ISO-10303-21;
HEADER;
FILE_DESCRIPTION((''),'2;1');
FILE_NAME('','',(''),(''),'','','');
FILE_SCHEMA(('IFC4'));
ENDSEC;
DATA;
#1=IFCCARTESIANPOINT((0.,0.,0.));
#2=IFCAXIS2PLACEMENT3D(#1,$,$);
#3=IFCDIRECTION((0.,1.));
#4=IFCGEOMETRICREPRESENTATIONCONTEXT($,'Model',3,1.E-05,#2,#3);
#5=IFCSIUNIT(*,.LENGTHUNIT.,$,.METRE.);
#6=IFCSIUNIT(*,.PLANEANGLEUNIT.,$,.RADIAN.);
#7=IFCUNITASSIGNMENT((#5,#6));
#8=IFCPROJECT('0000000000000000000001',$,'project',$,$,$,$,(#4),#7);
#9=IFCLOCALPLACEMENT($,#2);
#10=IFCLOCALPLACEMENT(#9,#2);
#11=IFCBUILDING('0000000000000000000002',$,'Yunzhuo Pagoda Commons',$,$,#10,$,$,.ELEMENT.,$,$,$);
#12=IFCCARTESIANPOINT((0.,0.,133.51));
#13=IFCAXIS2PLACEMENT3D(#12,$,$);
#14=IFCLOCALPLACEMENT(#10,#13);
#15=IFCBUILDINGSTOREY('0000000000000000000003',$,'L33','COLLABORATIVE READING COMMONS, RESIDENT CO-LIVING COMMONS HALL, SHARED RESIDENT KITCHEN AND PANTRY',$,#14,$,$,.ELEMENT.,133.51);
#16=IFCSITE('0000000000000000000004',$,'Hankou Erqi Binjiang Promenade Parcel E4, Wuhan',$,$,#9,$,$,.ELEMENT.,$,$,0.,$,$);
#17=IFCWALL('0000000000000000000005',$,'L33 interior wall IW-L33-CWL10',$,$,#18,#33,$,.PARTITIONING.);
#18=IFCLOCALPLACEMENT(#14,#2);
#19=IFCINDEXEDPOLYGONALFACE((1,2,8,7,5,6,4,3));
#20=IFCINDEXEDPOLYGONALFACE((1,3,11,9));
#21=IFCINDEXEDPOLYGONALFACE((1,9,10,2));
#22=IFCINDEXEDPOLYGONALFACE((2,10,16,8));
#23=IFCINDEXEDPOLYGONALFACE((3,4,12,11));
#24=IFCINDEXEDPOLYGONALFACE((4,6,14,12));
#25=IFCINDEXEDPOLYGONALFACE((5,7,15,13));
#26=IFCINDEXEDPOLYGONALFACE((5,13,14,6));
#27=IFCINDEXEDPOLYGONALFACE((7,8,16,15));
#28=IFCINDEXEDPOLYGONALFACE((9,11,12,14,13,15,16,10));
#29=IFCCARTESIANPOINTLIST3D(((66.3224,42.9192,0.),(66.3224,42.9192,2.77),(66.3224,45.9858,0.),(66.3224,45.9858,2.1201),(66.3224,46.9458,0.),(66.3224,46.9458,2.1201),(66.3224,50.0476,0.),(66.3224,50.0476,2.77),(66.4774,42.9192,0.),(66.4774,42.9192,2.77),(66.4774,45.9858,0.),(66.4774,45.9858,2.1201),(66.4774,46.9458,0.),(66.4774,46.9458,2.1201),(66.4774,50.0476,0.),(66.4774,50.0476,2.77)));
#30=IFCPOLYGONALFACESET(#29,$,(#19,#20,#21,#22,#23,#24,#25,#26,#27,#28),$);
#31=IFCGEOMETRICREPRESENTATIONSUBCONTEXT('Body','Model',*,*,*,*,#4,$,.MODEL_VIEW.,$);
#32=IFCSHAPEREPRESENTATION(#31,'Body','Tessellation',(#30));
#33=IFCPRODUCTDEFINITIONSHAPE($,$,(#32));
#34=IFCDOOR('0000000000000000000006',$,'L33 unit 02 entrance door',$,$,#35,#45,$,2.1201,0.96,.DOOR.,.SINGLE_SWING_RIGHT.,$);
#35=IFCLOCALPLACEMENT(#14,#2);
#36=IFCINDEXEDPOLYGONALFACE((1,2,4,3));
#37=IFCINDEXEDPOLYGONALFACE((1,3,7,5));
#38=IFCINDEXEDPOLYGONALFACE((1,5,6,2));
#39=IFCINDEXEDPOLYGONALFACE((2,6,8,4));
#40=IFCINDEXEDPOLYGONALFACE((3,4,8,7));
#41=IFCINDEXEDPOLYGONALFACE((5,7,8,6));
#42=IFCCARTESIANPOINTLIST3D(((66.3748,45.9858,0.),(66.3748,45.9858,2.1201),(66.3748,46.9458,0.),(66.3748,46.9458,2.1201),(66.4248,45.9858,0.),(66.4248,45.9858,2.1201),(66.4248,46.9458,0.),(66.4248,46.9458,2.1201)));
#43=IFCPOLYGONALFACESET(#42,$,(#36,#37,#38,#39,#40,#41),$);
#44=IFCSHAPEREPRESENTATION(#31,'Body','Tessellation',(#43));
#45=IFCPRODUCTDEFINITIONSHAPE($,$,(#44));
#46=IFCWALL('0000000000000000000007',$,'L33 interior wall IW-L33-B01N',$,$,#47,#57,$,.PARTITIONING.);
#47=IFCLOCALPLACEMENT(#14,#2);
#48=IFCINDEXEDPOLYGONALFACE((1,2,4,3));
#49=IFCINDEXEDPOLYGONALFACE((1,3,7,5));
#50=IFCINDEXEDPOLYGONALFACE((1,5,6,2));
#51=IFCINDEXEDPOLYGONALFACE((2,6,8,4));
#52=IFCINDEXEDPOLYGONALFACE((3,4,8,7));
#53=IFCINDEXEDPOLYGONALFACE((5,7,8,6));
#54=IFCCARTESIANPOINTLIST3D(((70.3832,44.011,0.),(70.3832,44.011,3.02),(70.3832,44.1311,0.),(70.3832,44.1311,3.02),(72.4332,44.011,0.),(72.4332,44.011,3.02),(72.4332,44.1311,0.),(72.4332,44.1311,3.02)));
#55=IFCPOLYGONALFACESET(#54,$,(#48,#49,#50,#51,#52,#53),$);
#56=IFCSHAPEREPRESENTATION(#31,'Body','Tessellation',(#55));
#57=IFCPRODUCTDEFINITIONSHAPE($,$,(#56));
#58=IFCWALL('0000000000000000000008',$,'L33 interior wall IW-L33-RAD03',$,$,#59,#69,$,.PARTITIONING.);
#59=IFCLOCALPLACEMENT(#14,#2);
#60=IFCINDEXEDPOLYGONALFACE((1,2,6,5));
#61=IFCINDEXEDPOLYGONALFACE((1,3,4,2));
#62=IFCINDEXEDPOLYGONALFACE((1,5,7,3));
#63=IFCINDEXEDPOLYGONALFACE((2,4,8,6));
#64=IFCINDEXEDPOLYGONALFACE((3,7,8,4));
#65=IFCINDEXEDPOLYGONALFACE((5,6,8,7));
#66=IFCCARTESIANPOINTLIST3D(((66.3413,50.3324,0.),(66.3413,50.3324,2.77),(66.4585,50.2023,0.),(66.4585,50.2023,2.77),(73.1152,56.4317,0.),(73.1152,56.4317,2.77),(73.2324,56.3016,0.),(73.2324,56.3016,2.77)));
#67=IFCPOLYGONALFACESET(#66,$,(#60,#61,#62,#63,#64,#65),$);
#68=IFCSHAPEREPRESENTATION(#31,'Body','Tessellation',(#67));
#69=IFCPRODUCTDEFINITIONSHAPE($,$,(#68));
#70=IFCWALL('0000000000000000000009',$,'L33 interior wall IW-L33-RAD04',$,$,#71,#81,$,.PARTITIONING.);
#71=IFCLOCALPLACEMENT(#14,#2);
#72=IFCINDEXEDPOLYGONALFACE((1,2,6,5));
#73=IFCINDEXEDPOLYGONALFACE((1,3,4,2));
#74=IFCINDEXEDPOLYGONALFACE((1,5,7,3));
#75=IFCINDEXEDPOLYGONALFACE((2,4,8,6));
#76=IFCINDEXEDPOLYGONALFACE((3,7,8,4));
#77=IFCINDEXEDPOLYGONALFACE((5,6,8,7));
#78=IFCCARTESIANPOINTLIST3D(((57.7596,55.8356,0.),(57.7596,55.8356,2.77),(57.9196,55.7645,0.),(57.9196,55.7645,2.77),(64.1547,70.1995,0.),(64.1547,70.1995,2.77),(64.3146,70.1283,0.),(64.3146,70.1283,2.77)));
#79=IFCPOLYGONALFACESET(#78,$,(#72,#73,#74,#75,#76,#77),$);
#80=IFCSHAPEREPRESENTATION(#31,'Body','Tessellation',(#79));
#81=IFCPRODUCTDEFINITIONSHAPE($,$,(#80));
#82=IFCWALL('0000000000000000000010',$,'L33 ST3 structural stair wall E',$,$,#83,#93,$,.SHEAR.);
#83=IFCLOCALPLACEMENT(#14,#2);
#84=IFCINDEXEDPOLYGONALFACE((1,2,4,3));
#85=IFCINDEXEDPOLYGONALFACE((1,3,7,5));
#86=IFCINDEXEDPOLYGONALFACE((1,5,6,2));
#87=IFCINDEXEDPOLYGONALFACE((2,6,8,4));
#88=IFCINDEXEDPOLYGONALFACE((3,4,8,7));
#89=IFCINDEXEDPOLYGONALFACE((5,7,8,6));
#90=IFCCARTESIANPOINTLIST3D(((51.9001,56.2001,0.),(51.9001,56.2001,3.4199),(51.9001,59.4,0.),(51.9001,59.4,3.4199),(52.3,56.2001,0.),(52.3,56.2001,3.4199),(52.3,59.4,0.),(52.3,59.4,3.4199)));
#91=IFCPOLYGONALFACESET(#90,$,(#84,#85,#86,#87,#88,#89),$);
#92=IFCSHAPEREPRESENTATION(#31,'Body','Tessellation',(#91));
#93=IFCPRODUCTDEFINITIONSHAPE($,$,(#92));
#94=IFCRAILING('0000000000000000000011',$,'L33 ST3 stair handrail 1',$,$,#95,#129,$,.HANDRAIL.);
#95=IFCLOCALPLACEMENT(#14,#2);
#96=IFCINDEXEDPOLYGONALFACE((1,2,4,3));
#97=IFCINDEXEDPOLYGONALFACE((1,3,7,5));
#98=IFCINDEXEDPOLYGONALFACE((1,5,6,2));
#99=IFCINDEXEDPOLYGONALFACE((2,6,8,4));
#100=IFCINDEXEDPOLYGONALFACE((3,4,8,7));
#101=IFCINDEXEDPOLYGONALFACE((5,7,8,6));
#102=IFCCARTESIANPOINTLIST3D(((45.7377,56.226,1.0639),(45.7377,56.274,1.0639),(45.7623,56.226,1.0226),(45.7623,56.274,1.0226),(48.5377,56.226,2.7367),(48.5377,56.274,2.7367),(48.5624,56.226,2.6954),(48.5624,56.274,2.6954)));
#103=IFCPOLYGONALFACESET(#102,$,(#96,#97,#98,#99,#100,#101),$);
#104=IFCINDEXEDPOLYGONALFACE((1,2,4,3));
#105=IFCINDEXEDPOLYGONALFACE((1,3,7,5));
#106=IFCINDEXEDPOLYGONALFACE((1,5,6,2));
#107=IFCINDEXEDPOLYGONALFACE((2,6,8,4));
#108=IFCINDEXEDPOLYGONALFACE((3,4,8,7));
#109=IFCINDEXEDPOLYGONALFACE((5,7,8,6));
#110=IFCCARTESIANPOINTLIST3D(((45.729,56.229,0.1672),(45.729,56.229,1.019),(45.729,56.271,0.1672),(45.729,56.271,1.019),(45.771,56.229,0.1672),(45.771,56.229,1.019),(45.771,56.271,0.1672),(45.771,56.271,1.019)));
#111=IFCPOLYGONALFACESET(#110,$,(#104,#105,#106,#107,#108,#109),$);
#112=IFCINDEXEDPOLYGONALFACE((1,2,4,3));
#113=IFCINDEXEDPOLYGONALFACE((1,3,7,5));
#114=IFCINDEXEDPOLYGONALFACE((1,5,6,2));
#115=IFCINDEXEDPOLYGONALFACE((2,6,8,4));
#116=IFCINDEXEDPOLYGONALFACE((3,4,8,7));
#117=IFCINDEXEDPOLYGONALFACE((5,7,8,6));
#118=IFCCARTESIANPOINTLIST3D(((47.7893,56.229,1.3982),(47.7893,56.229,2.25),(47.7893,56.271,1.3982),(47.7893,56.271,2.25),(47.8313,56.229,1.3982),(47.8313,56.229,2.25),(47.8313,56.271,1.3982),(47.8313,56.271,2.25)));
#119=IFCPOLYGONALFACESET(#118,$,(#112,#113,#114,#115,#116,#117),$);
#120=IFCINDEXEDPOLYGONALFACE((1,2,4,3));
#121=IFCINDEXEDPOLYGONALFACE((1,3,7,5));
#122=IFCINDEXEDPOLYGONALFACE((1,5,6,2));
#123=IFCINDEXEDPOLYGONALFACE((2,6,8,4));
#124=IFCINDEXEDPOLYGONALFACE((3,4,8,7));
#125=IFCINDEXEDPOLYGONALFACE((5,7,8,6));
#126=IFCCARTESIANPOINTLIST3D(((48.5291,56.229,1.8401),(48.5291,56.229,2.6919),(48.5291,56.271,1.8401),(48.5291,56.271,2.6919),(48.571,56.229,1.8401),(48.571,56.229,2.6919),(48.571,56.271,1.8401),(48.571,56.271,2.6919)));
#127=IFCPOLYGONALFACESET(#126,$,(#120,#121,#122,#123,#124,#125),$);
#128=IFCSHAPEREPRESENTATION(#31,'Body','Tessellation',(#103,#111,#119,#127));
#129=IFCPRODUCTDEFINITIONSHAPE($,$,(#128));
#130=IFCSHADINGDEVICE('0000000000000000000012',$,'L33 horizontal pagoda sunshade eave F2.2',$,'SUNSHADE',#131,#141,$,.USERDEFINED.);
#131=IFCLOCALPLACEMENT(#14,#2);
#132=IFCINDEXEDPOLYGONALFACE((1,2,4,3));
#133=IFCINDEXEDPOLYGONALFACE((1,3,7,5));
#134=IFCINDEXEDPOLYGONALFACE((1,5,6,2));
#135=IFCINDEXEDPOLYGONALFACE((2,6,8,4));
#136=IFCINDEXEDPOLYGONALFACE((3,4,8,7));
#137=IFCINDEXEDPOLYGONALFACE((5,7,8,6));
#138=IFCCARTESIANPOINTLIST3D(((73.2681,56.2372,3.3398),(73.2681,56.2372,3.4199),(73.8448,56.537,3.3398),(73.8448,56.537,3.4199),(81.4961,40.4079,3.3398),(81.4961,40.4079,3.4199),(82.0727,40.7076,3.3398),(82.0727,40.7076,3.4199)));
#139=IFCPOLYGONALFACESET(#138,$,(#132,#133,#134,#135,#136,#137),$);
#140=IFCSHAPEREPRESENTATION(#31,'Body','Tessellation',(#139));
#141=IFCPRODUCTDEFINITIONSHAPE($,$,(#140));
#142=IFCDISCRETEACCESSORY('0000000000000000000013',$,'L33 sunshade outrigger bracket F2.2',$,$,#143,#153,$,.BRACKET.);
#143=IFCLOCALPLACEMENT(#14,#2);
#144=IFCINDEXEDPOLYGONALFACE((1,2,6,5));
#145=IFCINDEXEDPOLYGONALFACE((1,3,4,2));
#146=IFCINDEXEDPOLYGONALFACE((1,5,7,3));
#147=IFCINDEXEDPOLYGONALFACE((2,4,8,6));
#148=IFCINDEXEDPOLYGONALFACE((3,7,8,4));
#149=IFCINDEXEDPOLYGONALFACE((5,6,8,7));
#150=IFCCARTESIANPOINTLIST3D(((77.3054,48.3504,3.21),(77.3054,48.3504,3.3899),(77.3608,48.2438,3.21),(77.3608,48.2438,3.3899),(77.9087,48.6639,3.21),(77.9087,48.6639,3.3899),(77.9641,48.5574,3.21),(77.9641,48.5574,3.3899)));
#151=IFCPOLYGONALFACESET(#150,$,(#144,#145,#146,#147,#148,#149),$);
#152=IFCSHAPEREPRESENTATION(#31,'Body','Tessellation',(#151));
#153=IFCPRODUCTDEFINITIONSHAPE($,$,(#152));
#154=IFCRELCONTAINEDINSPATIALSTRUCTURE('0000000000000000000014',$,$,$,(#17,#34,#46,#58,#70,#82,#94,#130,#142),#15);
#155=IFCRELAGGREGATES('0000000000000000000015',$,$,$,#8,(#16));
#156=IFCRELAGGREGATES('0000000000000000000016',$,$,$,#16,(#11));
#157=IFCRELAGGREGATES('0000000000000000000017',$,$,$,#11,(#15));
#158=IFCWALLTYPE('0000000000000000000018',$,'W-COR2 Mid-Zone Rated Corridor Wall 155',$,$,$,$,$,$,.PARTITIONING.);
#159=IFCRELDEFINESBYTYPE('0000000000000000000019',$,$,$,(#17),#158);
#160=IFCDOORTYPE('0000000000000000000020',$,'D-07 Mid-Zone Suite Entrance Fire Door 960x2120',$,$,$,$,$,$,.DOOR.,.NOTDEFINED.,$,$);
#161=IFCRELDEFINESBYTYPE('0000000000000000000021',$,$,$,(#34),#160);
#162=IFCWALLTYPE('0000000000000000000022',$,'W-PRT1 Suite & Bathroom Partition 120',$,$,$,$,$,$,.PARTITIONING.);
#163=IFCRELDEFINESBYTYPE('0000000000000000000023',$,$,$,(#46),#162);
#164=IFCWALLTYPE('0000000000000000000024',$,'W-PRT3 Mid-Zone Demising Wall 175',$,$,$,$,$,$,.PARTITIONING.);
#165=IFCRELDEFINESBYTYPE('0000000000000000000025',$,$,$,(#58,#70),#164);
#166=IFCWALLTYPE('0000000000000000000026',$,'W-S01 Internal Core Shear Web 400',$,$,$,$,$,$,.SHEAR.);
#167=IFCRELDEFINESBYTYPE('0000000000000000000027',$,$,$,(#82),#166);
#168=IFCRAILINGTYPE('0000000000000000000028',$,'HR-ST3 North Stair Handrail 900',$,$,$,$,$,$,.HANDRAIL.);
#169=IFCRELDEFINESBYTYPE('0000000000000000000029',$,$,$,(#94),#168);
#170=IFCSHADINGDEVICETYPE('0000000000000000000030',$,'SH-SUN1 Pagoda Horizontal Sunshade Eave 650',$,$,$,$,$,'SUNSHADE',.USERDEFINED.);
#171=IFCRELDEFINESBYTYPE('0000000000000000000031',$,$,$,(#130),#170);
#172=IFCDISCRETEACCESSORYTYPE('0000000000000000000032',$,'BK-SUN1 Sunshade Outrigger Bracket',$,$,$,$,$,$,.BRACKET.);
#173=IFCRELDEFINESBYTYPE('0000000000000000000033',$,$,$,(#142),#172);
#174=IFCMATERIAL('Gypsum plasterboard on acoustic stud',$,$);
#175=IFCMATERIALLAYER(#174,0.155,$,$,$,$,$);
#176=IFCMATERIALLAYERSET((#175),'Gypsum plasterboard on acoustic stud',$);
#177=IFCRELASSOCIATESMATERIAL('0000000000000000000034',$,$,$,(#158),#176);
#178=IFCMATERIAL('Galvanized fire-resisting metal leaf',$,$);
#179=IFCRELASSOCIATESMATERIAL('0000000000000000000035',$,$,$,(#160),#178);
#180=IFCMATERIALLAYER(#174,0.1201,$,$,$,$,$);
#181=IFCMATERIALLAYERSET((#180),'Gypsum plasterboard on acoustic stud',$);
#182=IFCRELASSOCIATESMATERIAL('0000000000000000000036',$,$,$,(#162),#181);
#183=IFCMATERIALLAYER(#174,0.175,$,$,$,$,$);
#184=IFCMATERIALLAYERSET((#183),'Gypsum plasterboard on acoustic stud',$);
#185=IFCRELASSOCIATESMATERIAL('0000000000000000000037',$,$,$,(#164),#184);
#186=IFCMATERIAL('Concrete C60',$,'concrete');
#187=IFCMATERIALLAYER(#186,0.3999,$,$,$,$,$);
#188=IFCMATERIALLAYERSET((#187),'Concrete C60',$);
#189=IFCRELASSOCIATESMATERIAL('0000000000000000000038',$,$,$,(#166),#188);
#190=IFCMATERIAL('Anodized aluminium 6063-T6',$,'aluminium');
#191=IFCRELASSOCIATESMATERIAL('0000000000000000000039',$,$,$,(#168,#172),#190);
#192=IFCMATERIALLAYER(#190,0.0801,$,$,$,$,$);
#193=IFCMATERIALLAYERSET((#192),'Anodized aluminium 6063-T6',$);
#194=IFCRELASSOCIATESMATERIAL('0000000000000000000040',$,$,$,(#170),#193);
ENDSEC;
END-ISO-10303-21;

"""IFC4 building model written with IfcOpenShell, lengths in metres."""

from ifc_helpers import new_model, si_unit, direction, frame, frame_2d, origin, origin_with_axes, origin_2d, place, context, subcontext, project, spatial, rectangle, extrude, source, transform, mapped, material, layer, layer_set, type_object, element, fill, save


model = new_model("IFC4")

# Units and contexts
model_context = context("Model", 3, precision=1e-05, world=origin(), true_north=direction((0.0, 1.0)))
body_context = subcontext(model_context, "Body", "Model", "MODEL_VIEW")
ifc_project = project(units=[si_unit("LENGTHUNIT", "METRE"), si_unit("PLANEANGLEUNIT", "RADIAN")], contexts=[model_context])

# Site, building, storey
site_placement = place(None, origin())
site = spatial("IfcSite", under=ifc_project, at=site_placement, Name="Hankou Erqi Binjiang Promenade Parcel E4, Wuhan", CompositionType="ELEMENT", RefElevation=0.0)
building_placement = place(site_placement, origin())
building = spatial("IfcBuilding", under=site, at=building_placement, Name="Yunzhuo Pagoda Commons", CompositionType="ELEMENT")
storey_placement = place(building_placement, frame((0.0, 0.0, 133.51)))
storey = spatial("IfcBuildingStorey", under=building, at=storey_placement, Name="L33", Description="COLLABORATIVE READING COMMONS, RESIDENT CO-LIVING COMMONS HALL, SHARED RESIDENT KITCHEN AND PANTRY", CompositionType="ELEMENT", Elevation=133.51)

# Shared definitions
ifc_material_1 = material(Name="Anodized aluminium 6063-T6", Category="aluminium")

# Shared definitions
ifc_material_2 = material(Name="Gypsum plasterboard on acoustic stud")
ifc_layer_1 = layer(ifc_material_2, 0.155)
ifc_layer_set_1 = layer_set([ifc_layer_1], Name="Gypsum plasterboard on acoustic stud")
wall_type_1 = type_object("IfcWallType", Name="W-COR2 Mid-Zone Rated Corridor Wall 155", PredefinedType="PARTITIONING", material=ifc_layer_set_1)

# Shared definitions
ifc_material_3 = material(Name="Galvanized fire-resisting metal leaf")
door_type = type_object("IfcDoorType", Name="D-07 Mid-Zone Suite Entrance Fire Door 960x2120", OperationType="NOTDEFINED", PredefinedType="DOOR", material=ifc_material_3)
shared_shape_1 = source(origin(), body_context, "Body", "SweptSolid", [
    extrude(rectangle(XDim=0.96, YDim=2.1201, at=frame_2d((0.48, 1.0601))), frame((0.0, 0.0249, 0.0), z_axis=(0.0, -1.0, 0.0), x_axis=(1.0, 0.0, 0.0)), (0.0, 0.0, 1.0), 0.05),
])

# Wall, opening, door
wall_1_placement = place(storey_placement, frame((66.3999, 50.0476, 0.0), z_axis=(0.0, 0.0, 1.0), x_axis=(0.0, -1.0, 0.0)))
wall_1 = element("IfcWall", 1, at=wall_1_placement, inside=storey, type_object=wall_type_1, Name="L33 interior wall IW-L33-CWL10", PredefinedType="PARTITIONING", context=body_context, shape_type="SweptSolid", body=[
    extrude(rectangle(XDim=7.1284, YDim=0.155, at=frame_2d((3.5642, 0.0))), origin(), (0.0, 0.0, 1.0), 2.77),
])
opening_1_placement = place(wall_1_placement, frame((3.1018, 0.0, 0.0)))
opening_1 = element("IfcOpeningElement", 2, at=opening_1_placement, cuts=wall_1, PredefinedType="OPENING", context=body_context, shape_type="SweptSolid", body=[
    extrude(rectangle(XDim=0.96, YDim=2.1201, at=frame_2d((0.48, 1.0601))), frame((0.0, 0.0874, 0.0), z_axis=(0.0, -1.0, 0.0), x_axis=(1.0, 0.0, 0.0)), (0.0, 0.0, 1.0), 0.175),
])
door_1_placement = place(opening_1_placement, origin_with_axes())
door_1 = element("IfcDoor", 3, at=door_1_placement, inside=storey, type_object=door_type, Name="L33 unit 02 entrance door", OperationType="SINGLE_SWING_RIGHT", OverallHeight=2.1201, OverallWidth=0.96, PredefinedType="DOOR", context=body_context, shape_type="MappedRepresentation", body=[
    mapped(shared_shape_1, transform((0.0, 0.0, 0.0), scale=1.0)),
])
fill(opening_1, door_1)

# Walls
ifc_layer_2 = layer(ifc_material_2, 0.1201)
ifc_layer_set_2 = layer_set([ifc_layer_2], Name="Gypsum plasterboard on acoustic stud")
wall_type_2 = type_object("IfcWallType", Name="W-PRT1 Suite & Bathroom Partition 120", PredefinedType="PARTITIONING", material=ifc_layer_set_2)
wall_2_placement = place(storey_placement, frame((72.4331, 44.071, 0.0), z_axis=(0.0, 0.0, 1.0), x_axis=(-1.0, 0.0, 0.0)))
element("IfcWall", 4, at=wall_2_placement, inside=storey, type_object=wall_type_2, Name="L33 interior wall IW-L33-B01N", PredefinedType="PARTITIONING", context=body_context, shape_type="SweptSolid", body=[
    extrude(rectangle(XDim=2.05, YDim=0.1201, at=frame_2d((1.0249, 0.0))), origin(), (0.0, 0.0, 1.0), 3.02),
])
ifc_layer_3 = layer(ifc_material_2, 0.175)
ifc_layer_set_3 = layer_set([ifc_layer_3], Name="Gypsum plasterboard on acoustic stud")
wall_type_3 = type_object("IfcWallType", Name="W-PRT3 Mid-Zone Demising Wall 175", PredefinedType="PARTITIONING", material=ifc_layer_set_3)
wall_3_placement = place(storey_placement, frame((66.3999, 50.2673, 0.0), z_axis=(0.0, 0.0, 1.0), x_axis=(0.74314, 0.669136, 0.0)))
element("IfcWall", 5, at=wall_3_placement, inside=storey, type_object=wall_type_3, Name="L33 interior wall IW-L33-RAD03", PredefinedType="PARTITIONING", context=body_context, shape_type="SweptSolid", body=[
    extrude(rectangle(XDim=9.1152, YDim=0.175, at=frame_2d((4.5576, 0.0))), origin(), (0.0, 0.0, 1.0), 2.77),
])
wall_4_placement = place(storey_placement, frame((57.8396, 55.8, 0.0), z_axis=(0.0, 0.0, 1.0), x_axis=(0.406729, 0.913549, 0.0)))
element("IfcWall", 6, at=wall_4_placement, inside=storey, type_object=wall_type_3, Name="L33 interior wall IW-L33-RAD04", PredefinedType="PARTITIONING", context=body_context, shape_type="SweptSolid", body=[
    extrude(rectangle(XDim=15.7231, YDim=0.175, at=frame_2d((7.8616, 0.0))), origin(), (0.0, 0.0, 1.0), 2.77),
])
ifc_material_4 = material(Name="Concrete C60", Category="concrete")
ifc_layer_4 = layer(ifc_material_4, 0.3999)
ifc_layer_set_4 = layer_set([ifc_layer_4], Name="Concrete C60")
wall_type_4 = type_object("IfcWallType", Name="W-S01 Internal Core Shear Web 400", PredefinedType="SHEAR", material=ifc_layer_set_4)
wall_5_placement = place(storey_placement, frame((52.1001, 56.2, 0.0), z_axis=(0.0, 0.0, 1.0), x_axis=(0.0, 1.0, 0.0)))
element("IfcWall", 7, at=wall_5_placement, inside=storey, type_object=wall_type_4, Name="L33 ST3 structural stair wall E", PredefinedType="SHEAR", context=body_context, shape_type="SweptSolid", body=[
    extrude(rectangle(XDim=3.2, YDim=0.3999, at=frame_2d((1.6001, 0.0))), origin(), (0.0, 0.0, 1.0), 3.4199),
])

# Railing
railing_type = type_object("IfcRailingType", Name="HR-ST3 North Stair Handrail 900", PredefinedType="HANDRAIL", material=ifc_material_1)
railing_placement = place(storey_placement, frame((45.75, 56.25, 0.1672)))
element("IfcRailing", 8, at=railing_placement, inside=storey, type_object=railing_type, Name="L33 ST3 stair handrail 1", PredefinedType="HANDRAIL", context=body_context, shape_type="SweptSolid", body=[
    extrude(rectangle(XDim=0.0481, YDim=0.0481, at=origin_2d()), frame((0.0, 0.0, 0.876), z_axis=(0.858462, 0.0, 0.512877), x_axis=(0.0, 1.0, 0.0)), (0.0, 0.0, 1.0), 3.2617),
    extrude(rectangle(XDim=0.042, YDim=0.042, at=origin_2d()), origin(), (0.0, 0.0, 1.0), 0.8518),
    extrude(rectangle(XDim=0.042, YDim=0.042, at=origin_2d()), frame((2.0603, 0.0, 1.231)), (0.0, 0.0, 1.0), 0.8518),
    extrude(rectangle(XDim=0.042, YDim=0.042, at=origin_2d()), frame((2.8, 0.0, 1.6729)), (0.0, 0.0, 1.0), 0.8518),
])

# Shading device
ifc_layer_5 = layer(ifc_material_1, 0.0801)
ifc_layer_set_5 = layer_set([ifc_layer_5], Name="Anodized aluminium 6063-T6")
shading_device_type = type_object("IfcShadingDeviceType", Name="SH-SUN1 Pagoda Horizontal Sunshade Eave 650", ElementType="SUNSHADE", PredefinedType="USERDEFINED", material=ifc_layer_set_5)
shared_shape_2 = source(origin(), body_context, "Body", "SweptSolid", [
    extrude(rectangle(XDim=17.8401, YDim=0.6499, at=origin_2d()), origin(), (0.0, 0.0, 1.0), 0.0801),
])
shading_device_placement = place(storey_placement, frame((77.6704, 48.4724, 3.3398), z_axis=(0.0, 0.0, 1.0), x_axis=(-0.461207, 0.887293, 0.0)))
element("IfcShadingDevice", 9, at=shading_device_placement, inside=storey, type_object=shading_device_type, Name="L33 horizontal pagoda sunshade eave F2.2", ObjectType="SUNSHADE", PredefinedType="USERDEFINED", context=body_context, shape_type="MappedRepresentation", body=[
    mapped(shared_shape_2, transform((0.0, 0.0, 0.0), scale=1.0)),
])

# Discrete accessory
discrete_accessory_type = type_object("IfcDiscreteAccessoryType", Name="BK-SUN1 Sunshade Outrigger Bracket", PredefinedType="BRACKET", material=ifc_material_1)
shared_shape_3 = source(origin(), body_context, "Body", "SweptSolid", [
    extrude(rectangle(XDim=0.1201, YDim=0.6799, at=origin_2d()), origin(), (0.0, 0.0, 1.0), 0.1799),
])
discrete_accessory_placement = place(storey_placement, frame((77.6348, 48.4539, 3.21), z_axis=(0.0, 0.0, 1.0), x_axis=(-0.461207, 0.887293, 0.0)))
element("IfcDiscreteAccessory", 10, at=discrete_accessory_placement, inside=storey, type_object=discrete_accessory_type, Name="L33 sunshade outrigger bracket F2.2", PredefinedType="BRACKET", context=body_context, shape_type="MappedRepresentation", body=[
    mapped(shared_shape_3, transform((0.0, 0.0, 0.0), scale=1.0)),
])

save(model, "model.ifc")
